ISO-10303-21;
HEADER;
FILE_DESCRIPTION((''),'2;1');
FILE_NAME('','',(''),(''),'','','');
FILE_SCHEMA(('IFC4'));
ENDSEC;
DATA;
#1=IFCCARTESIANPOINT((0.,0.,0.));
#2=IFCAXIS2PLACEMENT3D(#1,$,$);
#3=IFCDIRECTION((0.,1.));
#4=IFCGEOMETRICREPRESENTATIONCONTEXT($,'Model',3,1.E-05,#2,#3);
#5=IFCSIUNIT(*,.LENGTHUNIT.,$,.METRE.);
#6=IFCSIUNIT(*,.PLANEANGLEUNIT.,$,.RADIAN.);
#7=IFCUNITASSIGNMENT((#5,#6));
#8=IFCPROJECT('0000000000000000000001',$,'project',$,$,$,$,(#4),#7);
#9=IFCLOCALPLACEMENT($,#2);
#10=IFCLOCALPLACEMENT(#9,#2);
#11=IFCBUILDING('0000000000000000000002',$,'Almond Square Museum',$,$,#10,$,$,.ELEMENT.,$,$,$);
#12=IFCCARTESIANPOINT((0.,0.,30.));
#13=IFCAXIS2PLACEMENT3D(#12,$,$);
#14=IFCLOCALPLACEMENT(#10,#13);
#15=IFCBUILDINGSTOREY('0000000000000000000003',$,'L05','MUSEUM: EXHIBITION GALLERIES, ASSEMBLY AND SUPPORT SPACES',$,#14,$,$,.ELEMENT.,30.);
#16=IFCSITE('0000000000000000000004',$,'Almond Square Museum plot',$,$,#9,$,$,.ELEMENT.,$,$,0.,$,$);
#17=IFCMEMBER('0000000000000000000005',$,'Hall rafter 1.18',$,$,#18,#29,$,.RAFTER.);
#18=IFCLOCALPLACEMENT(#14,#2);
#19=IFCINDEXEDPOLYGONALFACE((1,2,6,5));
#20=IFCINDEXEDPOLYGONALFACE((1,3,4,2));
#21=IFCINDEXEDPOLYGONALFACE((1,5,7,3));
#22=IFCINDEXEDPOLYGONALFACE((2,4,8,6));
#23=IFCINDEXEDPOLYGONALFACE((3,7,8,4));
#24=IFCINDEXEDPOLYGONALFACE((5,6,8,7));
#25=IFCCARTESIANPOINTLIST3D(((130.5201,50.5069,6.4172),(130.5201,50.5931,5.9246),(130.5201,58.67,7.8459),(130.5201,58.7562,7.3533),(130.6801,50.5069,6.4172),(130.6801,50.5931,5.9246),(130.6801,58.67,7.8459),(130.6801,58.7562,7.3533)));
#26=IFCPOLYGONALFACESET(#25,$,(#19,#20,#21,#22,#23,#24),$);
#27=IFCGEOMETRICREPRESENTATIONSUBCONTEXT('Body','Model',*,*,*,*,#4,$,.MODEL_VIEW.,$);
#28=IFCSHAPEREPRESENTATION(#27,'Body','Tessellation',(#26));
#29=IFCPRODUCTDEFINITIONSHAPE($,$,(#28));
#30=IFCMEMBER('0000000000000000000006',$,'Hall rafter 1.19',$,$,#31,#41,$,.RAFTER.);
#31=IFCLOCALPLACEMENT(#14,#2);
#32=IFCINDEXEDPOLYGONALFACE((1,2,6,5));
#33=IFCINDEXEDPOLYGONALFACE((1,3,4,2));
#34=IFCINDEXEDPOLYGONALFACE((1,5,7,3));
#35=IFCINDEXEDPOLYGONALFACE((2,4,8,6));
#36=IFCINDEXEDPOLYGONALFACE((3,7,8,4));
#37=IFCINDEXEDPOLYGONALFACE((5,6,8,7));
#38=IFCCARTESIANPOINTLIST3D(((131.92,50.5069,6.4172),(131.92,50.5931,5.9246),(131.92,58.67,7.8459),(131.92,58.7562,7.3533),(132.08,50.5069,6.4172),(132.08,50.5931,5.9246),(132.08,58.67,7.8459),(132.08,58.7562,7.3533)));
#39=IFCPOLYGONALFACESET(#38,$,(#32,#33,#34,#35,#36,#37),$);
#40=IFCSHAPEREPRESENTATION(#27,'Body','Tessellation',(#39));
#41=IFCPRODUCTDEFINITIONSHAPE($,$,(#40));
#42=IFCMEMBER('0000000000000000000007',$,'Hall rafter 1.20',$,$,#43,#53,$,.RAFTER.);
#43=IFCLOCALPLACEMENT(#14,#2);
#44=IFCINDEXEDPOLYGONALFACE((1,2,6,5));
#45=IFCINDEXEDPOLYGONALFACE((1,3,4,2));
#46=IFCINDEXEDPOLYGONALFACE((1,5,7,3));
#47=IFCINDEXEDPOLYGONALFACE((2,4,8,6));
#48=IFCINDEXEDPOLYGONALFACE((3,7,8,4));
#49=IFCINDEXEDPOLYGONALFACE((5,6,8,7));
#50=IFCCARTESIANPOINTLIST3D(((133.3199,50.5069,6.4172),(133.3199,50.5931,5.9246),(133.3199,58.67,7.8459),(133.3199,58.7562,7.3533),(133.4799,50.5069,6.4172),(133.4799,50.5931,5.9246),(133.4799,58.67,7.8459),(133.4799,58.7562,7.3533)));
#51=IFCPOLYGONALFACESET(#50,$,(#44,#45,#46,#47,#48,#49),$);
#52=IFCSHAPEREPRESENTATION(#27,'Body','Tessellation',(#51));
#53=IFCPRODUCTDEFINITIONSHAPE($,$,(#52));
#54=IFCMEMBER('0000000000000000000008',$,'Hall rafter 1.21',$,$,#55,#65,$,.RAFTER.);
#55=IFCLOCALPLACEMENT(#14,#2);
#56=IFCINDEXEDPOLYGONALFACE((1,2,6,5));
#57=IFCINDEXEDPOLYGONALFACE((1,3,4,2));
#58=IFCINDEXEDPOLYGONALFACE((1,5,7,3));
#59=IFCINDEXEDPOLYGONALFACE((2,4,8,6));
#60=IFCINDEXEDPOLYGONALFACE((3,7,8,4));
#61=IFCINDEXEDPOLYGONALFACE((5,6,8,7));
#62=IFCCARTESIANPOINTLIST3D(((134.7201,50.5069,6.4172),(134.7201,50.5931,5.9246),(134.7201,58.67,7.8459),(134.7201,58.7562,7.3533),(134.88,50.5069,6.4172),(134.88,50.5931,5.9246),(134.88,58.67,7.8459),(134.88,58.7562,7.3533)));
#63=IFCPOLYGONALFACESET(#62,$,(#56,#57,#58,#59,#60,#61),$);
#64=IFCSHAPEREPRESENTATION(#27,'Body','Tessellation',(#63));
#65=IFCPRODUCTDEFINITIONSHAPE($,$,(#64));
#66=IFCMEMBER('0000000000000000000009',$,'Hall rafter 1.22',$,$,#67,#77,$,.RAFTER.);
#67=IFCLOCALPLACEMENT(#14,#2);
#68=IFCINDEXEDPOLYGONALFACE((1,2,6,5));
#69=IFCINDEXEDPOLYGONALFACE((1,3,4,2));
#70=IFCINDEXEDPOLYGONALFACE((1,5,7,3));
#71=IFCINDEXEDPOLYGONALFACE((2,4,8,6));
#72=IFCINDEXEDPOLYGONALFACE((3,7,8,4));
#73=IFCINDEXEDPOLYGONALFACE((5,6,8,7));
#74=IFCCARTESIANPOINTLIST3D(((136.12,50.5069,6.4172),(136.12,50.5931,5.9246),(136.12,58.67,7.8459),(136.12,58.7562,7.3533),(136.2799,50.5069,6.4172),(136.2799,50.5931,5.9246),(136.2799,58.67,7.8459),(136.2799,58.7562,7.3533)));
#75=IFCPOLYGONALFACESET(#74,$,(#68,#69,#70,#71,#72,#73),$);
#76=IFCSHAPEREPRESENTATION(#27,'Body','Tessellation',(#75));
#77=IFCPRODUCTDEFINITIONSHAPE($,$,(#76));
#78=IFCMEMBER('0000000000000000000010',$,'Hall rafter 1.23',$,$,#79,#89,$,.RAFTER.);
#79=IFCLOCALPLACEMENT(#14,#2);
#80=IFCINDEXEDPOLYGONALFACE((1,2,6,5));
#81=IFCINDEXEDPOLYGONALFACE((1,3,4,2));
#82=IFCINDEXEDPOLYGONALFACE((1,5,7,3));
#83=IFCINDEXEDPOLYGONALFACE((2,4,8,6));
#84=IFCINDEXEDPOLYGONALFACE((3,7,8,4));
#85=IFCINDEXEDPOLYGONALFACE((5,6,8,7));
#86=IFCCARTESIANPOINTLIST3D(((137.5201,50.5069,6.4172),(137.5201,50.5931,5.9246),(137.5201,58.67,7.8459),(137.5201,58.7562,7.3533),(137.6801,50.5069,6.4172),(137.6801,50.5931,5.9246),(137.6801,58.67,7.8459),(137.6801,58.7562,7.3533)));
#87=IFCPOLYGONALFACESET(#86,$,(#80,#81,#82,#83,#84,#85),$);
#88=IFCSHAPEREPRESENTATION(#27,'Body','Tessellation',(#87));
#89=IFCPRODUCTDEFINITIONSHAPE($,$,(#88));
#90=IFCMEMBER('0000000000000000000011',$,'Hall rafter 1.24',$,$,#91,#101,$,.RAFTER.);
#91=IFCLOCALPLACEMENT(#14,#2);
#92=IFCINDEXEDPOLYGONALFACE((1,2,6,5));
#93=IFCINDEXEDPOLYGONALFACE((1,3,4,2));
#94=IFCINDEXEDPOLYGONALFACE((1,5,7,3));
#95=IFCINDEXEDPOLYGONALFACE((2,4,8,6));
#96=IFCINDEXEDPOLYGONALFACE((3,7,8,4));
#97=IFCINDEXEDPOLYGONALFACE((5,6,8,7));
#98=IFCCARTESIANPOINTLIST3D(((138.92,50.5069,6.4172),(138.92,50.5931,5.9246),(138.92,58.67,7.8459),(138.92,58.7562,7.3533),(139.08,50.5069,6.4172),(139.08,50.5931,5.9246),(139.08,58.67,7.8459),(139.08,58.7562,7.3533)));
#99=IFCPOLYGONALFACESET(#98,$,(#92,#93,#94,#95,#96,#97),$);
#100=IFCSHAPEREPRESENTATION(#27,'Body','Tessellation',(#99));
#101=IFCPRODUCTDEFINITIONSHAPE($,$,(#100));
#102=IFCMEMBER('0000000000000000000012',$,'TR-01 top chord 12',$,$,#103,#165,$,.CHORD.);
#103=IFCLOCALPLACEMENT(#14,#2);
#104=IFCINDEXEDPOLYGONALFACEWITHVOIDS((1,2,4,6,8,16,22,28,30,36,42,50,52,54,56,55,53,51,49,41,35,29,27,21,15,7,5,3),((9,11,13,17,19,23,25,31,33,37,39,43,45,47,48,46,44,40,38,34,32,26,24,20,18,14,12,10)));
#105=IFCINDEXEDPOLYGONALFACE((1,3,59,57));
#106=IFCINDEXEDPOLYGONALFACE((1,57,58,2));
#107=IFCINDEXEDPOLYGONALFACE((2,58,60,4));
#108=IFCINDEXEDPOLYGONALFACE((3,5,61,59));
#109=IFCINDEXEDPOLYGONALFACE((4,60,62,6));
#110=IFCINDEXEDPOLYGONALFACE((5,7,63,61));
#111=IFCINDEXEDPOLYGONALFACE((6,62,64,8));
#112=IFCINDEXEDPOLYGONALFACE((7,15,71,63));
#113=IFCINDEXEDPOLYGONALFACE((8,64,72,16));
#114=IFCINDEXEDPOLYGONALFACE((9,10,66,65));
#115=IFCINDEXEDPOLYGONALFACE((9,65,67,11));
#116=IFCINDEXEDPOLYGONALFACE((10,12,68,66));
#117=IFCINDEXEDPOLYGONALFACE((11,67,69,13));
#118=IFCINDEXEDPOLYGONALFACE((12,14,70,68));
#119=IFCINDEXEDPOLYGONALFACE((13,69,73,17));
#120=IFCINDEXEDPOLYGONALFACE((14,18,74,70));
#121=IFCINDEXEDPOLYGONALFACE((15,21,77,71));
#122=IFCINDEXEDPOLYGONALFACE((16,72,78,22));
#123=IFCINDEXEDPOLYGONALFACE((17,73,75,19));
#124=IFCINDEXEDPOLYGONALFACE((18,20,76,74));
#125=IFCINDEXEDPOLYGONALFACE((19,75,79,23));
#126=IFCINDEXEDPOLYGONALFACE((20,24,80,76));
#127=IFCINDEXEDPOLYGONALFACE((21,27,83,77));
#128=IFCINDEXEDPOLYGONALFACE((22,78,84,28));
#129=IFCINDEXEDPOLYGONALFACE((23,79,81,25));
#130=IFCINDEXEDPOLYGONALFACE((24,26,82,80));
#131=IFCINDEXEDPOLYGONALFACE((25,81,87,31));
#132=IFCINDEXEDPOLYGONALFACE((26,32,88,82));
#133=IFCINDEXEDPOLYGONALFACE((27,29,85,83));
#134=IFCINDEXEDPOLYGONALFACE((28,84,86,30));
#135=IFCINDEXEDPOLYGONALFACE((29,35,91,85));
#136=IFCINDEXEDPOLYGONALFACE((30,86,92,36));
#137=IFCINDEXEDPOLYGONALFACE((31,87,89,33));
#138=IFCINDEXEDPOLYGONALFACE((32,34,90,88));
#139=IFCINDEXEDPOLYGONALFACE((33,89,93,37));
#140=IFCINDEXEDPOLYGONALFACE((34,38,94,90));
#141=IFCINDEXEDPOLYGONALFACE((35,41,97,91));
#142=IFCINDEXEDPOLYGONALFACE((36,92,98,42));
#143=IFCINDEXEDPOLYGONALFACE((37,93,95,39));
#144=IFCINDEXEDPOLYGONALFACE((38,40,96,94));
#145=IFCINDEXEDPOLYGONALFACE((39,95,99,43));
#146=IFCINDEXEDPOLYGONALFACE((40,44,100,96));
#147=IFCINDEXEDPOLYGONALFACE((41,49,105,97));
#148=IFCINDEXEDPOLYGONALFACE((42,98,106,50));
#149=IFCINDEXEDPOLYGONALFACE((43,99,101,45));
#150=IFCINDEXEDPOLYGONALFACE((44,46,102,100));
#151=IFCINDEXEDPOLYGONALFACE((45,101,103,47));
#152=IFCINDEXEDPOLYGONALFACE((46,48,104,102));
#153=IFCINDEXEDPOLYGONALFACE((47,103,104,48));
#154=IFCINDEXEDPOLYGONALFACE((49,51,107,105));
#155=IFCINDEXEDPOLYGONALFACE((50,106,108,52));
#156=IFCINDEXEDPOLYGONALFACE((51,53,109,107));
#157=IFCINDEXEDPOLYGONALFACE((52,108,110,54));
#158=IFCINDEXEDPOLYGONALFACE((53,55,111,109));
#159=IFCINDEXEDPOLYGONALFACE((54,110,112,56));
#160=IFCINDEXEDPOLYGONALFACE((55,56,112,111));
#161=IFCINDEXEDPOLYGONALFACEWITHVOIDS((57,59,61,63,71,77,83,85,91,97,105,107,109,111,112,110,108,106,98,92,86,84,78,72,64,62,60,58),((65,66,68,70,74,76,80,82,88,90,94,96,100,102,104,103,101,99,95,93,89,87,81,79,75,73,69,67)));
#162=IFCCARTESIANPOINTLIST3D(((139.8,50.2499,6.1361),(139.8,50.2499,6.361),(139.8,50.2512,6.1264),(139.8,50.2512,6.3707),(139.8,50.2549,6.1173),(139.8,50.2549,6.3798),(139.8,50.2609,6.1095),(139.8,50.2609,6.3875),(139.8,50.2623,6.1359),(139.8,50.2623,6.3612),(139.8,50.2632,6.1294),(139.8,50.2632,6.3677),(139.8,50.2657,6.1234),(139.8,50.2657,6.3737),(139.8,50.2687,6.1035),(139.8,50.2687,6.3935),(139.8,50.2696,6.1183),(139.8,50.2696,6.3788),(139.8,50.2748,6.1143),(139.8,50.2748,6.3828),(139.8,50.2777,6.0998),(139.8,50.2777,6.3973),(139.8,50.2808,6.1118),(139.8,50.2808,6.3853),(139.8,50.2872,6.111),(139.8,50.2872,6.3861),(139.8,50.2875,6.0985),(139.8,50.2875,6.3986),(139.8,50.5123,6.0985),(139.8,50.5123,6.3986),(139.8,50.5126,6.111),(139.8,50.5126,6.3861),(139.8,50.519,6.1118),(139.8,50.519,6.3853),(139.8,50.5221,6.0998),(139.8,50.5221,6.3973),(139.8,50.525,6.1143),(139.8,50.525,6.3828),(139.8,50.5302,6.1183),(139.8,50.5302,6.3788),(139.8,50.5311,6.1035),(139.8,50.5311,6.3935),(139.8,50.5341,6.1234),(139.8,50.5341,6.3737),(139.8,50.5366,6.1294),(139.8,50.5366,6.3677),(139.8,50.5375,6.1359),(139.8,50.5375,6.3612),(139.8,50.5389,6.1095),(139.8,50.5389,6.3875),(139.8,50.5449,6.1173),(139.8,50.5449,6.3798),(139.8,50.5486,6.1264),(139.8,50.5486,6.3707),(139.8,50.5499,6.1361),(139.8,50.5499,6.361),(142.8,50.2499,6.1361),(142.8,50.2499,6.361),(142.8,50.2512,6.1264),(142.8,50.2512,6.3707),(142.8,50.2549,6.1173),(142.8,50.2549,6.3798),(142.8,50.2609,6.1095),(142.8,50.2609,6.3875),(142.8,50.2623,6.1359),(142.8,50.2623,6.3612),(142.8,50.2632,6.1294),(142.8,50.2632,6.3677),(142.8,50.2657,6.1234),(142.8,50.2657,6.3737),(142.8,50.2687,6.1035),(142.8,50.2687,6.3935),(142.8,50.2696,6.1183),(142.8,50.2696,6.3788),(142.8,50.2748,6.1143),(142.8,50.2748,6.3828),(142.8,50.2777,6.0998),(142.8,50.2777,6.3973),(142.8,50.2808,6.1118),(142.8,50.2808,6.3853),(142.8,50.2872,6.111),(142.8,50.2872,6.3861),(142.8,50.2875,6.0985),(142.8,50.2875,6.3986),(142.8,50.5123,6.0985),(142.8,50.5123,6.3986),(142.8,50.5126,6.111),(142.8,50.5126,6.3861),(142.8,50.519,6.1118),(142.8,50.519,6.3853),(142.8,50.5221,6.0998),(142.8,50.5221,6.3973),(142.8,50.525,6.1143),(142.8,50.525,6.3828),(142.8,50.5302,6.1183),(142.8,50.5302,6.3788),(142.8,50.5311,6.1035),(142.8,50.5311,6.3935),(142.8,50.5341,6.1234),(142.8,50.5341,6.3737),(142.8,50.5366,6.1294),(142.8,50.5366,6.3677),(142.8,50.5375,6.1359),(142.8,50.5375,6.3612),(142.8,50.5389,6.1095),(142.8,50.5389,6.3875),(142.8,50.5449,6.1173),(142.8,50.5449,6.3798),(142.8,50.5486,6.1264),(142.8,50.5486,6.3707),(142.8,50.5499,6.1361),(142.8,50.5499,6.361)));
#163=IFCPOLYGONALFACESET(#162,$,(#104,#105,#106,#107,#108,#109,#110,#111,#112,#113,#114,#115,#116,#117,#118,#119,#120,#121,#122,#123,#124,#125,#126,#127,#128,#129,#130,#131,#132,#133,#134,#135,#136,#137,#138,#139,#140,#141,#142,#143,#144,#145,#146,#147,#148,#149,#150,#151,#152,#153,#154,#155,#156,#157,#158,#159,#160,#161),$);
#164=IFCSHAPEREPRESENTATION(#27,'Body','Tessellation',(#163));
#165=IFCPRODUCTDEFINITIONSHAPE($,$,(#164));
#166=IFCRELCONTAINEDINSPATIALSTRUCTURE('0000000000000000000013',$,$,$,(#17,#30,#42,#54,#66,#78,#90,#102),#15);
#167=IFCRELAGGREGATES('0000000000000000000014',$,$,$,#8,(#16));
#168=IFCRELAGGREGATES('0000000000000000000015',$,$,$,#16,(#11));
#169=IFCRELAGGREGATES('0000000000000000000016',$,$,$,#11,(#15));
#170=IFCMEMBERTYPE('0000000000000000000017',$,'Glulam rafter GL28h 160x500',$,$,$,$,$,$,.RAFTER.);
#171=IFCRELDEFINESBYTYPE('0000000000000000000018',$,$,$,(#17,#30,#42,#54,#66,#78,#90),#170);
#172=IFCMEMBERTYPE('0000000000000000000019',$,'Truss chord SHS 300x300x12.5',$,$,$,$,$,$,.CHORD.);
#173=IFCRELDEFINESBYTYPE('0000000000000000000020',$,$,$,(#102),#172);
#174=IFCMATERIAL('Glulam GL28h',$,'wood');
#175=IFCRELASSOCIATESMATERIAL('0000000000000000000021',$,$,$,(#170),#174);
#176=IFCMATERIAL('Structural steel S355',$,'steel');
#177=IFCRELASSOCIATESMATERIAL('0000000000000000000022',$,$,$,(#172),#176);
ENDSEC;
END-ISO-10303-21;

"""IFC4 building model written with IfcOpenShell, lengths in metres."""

from ifc_helpers import new_model, si_unit, direction, frame, origin, origin_2d, place, context, subcontext, project, spatial, rectangle, hollow_rectangle, extrude, material, material_profile, profile_set, type_object, element, save


model = new_model("IFC4")

# Units and contexts
model_context = context("Model", 3, precision=1e-05, world=origin(), true_north=direction((0.0, 1.0)))
body_context = subcontext(model_context, "Body", "Model", "MODEL_VIEW")
ifc_project = project(units=[si_unit("LENGTHUNIT", "METRE"), si_unit("PLANEANGLEUNIT", "RADIAN")], contexts=[model_context])

# Site, building, storey
site_placement = place(None, origin())
site = spatial("IfcSite", under=ifc_project, at=site_placement, Name="Almond Square Museum plot", CompositionType="ELEMENT", RefElevation=0.0)
building_placement = place(site_placement, origin())
building = spatial("IfcBuilding", under=site, at=building_placement, Name="Almond Square Museum", CompositionType="ELEMENT")
storey_placement = place(building_placement, frame((0.0, 0.0, 30.0)))
storey = spatial("IfcBuildingStorey", under=building, at=storey_placement, Name="L05", Description="MUSEUM: EXHIBITION GALLERIES, ASSEMBLY AND SUPPORT SPACES", CompositionType="ELEMENT", Elevation=30.0)

# Members
ifc_material_1 = material(Name="Glulam GL28h", Category="wood")
ifc_material_profile_1 = material_profile(ifc_material_1, rectangle(XDim=0.1599, YDim=0.5, at=origin_2d()))
ifc_profile_set_1 = profile_set([ifc_material_profile_1], Name="Glulam GL28h")
member_type_1 = type_object("IfcMemberType", Name="Glulam rafter GL28h 160x500", PredefinedType="RAFTER", material=ifc_profile_set_1)
for number, where, z_axis, x_axis, name in (
    (1, (130.6001, 50.55, 6.1709), (0.0, 0.985027, 0.1724), (-1.0, 0.0, 0.0), "Hall rafter 1.18"),
    (2, (132.0, 50.55, 6.1709), (0.0, 0.985027, 0.1724), (-1.0, 0.0, 0.0), "Hall rafter 1.19"),
    (3, (133.3999, 50.55, 6.1709), (0.0, 0.985027, 0.1724), (-1.0, 0.0, 0.0), "Hall rafter 1.20"),
    (4, (134.8, 50.55, 6.1709), (0.0, 0.985027, 0.1724), (-1.0, 0.0, 0.0), "Hall rafter 1.21"),
    (5, (136.2, 50.55, 6.1709), (0.0, 0.985027, 0.1724), (-1.0, 0.0, 0.0), "Hall rafter 1.22"),
    (6, (137.6001, 50.55, 6.1709), (0.0, 0.985027, 0.1724), (-1.0, 0.0, 0.0), "Hall rafter 1.23"),
    (7, (139.0, 50.55, 6.1709), (0.0, 0.985027, 0.1724), (-1.0, 0.0, 0.0), "Hall rafter 1.24"),
):
    element("IfcMember", number, at=place(storey_placement, frame(where, z_axis=z_axis, x_axis=x_axis)), inside=storey, type_object=member_type_1, Name=name, PredefinedType="RAFTER", context=body_context, shape_type="SweptSolid", body=[
        extrude(rectangle(XDim=0.1599, YDim=0.5, at=origin_2d()), origin(), (0.0, 0.0, 1.0), 8.2871),
    ])
ifc_material_2 = material(Name="Structural steel S355", Category="steel")
ifc_material_profile_2 = material_profile(ifc_material_2, hollow_rectangle(XDim=0.3, YDim=0.3, WallThickness=0.0125, InnerFilletRadius=0.0249, OuterFilletRadius=0.0376, at=origin_2d()))
ifc_profile_set_2 = profile_set([ifc_material_profile_2], Name="Structural steel S355")
member_type_2 = type_object("IfcMemberType", Name="Truss chord SHS 300x300x12.5", PredefinedType="CHORD", material=ifc_profile_set_2)
for number, where, z_axis, x_axis, name in (
    (8, (139.8, 50.3999, 6.2485), (1.0, 0.0, 0.0), (0.0, 1.0, 0.0), "TR-01 top chord 12"),
):
    element("IfcMember", number, at=place(storey_placement, frame(where, z_axis=z_axis, x_axis=x_axis)), inside=storey, type_object=member_type_2, Name=name, PredefinedType="CHORD", context=body_context, shape_type="SweptSolid", body=[
        extrude(hollow_rectangle(XDim=0.3, YDim=0.3, WallThickness=0.0125, InnerFilletRadius=0.0249, OuterFilletRadius=0.0376, at=origin_2d()), origin(), (0.0, 0.0, 1.0), 3.0),
    ])

save(model, "model.ifc")
